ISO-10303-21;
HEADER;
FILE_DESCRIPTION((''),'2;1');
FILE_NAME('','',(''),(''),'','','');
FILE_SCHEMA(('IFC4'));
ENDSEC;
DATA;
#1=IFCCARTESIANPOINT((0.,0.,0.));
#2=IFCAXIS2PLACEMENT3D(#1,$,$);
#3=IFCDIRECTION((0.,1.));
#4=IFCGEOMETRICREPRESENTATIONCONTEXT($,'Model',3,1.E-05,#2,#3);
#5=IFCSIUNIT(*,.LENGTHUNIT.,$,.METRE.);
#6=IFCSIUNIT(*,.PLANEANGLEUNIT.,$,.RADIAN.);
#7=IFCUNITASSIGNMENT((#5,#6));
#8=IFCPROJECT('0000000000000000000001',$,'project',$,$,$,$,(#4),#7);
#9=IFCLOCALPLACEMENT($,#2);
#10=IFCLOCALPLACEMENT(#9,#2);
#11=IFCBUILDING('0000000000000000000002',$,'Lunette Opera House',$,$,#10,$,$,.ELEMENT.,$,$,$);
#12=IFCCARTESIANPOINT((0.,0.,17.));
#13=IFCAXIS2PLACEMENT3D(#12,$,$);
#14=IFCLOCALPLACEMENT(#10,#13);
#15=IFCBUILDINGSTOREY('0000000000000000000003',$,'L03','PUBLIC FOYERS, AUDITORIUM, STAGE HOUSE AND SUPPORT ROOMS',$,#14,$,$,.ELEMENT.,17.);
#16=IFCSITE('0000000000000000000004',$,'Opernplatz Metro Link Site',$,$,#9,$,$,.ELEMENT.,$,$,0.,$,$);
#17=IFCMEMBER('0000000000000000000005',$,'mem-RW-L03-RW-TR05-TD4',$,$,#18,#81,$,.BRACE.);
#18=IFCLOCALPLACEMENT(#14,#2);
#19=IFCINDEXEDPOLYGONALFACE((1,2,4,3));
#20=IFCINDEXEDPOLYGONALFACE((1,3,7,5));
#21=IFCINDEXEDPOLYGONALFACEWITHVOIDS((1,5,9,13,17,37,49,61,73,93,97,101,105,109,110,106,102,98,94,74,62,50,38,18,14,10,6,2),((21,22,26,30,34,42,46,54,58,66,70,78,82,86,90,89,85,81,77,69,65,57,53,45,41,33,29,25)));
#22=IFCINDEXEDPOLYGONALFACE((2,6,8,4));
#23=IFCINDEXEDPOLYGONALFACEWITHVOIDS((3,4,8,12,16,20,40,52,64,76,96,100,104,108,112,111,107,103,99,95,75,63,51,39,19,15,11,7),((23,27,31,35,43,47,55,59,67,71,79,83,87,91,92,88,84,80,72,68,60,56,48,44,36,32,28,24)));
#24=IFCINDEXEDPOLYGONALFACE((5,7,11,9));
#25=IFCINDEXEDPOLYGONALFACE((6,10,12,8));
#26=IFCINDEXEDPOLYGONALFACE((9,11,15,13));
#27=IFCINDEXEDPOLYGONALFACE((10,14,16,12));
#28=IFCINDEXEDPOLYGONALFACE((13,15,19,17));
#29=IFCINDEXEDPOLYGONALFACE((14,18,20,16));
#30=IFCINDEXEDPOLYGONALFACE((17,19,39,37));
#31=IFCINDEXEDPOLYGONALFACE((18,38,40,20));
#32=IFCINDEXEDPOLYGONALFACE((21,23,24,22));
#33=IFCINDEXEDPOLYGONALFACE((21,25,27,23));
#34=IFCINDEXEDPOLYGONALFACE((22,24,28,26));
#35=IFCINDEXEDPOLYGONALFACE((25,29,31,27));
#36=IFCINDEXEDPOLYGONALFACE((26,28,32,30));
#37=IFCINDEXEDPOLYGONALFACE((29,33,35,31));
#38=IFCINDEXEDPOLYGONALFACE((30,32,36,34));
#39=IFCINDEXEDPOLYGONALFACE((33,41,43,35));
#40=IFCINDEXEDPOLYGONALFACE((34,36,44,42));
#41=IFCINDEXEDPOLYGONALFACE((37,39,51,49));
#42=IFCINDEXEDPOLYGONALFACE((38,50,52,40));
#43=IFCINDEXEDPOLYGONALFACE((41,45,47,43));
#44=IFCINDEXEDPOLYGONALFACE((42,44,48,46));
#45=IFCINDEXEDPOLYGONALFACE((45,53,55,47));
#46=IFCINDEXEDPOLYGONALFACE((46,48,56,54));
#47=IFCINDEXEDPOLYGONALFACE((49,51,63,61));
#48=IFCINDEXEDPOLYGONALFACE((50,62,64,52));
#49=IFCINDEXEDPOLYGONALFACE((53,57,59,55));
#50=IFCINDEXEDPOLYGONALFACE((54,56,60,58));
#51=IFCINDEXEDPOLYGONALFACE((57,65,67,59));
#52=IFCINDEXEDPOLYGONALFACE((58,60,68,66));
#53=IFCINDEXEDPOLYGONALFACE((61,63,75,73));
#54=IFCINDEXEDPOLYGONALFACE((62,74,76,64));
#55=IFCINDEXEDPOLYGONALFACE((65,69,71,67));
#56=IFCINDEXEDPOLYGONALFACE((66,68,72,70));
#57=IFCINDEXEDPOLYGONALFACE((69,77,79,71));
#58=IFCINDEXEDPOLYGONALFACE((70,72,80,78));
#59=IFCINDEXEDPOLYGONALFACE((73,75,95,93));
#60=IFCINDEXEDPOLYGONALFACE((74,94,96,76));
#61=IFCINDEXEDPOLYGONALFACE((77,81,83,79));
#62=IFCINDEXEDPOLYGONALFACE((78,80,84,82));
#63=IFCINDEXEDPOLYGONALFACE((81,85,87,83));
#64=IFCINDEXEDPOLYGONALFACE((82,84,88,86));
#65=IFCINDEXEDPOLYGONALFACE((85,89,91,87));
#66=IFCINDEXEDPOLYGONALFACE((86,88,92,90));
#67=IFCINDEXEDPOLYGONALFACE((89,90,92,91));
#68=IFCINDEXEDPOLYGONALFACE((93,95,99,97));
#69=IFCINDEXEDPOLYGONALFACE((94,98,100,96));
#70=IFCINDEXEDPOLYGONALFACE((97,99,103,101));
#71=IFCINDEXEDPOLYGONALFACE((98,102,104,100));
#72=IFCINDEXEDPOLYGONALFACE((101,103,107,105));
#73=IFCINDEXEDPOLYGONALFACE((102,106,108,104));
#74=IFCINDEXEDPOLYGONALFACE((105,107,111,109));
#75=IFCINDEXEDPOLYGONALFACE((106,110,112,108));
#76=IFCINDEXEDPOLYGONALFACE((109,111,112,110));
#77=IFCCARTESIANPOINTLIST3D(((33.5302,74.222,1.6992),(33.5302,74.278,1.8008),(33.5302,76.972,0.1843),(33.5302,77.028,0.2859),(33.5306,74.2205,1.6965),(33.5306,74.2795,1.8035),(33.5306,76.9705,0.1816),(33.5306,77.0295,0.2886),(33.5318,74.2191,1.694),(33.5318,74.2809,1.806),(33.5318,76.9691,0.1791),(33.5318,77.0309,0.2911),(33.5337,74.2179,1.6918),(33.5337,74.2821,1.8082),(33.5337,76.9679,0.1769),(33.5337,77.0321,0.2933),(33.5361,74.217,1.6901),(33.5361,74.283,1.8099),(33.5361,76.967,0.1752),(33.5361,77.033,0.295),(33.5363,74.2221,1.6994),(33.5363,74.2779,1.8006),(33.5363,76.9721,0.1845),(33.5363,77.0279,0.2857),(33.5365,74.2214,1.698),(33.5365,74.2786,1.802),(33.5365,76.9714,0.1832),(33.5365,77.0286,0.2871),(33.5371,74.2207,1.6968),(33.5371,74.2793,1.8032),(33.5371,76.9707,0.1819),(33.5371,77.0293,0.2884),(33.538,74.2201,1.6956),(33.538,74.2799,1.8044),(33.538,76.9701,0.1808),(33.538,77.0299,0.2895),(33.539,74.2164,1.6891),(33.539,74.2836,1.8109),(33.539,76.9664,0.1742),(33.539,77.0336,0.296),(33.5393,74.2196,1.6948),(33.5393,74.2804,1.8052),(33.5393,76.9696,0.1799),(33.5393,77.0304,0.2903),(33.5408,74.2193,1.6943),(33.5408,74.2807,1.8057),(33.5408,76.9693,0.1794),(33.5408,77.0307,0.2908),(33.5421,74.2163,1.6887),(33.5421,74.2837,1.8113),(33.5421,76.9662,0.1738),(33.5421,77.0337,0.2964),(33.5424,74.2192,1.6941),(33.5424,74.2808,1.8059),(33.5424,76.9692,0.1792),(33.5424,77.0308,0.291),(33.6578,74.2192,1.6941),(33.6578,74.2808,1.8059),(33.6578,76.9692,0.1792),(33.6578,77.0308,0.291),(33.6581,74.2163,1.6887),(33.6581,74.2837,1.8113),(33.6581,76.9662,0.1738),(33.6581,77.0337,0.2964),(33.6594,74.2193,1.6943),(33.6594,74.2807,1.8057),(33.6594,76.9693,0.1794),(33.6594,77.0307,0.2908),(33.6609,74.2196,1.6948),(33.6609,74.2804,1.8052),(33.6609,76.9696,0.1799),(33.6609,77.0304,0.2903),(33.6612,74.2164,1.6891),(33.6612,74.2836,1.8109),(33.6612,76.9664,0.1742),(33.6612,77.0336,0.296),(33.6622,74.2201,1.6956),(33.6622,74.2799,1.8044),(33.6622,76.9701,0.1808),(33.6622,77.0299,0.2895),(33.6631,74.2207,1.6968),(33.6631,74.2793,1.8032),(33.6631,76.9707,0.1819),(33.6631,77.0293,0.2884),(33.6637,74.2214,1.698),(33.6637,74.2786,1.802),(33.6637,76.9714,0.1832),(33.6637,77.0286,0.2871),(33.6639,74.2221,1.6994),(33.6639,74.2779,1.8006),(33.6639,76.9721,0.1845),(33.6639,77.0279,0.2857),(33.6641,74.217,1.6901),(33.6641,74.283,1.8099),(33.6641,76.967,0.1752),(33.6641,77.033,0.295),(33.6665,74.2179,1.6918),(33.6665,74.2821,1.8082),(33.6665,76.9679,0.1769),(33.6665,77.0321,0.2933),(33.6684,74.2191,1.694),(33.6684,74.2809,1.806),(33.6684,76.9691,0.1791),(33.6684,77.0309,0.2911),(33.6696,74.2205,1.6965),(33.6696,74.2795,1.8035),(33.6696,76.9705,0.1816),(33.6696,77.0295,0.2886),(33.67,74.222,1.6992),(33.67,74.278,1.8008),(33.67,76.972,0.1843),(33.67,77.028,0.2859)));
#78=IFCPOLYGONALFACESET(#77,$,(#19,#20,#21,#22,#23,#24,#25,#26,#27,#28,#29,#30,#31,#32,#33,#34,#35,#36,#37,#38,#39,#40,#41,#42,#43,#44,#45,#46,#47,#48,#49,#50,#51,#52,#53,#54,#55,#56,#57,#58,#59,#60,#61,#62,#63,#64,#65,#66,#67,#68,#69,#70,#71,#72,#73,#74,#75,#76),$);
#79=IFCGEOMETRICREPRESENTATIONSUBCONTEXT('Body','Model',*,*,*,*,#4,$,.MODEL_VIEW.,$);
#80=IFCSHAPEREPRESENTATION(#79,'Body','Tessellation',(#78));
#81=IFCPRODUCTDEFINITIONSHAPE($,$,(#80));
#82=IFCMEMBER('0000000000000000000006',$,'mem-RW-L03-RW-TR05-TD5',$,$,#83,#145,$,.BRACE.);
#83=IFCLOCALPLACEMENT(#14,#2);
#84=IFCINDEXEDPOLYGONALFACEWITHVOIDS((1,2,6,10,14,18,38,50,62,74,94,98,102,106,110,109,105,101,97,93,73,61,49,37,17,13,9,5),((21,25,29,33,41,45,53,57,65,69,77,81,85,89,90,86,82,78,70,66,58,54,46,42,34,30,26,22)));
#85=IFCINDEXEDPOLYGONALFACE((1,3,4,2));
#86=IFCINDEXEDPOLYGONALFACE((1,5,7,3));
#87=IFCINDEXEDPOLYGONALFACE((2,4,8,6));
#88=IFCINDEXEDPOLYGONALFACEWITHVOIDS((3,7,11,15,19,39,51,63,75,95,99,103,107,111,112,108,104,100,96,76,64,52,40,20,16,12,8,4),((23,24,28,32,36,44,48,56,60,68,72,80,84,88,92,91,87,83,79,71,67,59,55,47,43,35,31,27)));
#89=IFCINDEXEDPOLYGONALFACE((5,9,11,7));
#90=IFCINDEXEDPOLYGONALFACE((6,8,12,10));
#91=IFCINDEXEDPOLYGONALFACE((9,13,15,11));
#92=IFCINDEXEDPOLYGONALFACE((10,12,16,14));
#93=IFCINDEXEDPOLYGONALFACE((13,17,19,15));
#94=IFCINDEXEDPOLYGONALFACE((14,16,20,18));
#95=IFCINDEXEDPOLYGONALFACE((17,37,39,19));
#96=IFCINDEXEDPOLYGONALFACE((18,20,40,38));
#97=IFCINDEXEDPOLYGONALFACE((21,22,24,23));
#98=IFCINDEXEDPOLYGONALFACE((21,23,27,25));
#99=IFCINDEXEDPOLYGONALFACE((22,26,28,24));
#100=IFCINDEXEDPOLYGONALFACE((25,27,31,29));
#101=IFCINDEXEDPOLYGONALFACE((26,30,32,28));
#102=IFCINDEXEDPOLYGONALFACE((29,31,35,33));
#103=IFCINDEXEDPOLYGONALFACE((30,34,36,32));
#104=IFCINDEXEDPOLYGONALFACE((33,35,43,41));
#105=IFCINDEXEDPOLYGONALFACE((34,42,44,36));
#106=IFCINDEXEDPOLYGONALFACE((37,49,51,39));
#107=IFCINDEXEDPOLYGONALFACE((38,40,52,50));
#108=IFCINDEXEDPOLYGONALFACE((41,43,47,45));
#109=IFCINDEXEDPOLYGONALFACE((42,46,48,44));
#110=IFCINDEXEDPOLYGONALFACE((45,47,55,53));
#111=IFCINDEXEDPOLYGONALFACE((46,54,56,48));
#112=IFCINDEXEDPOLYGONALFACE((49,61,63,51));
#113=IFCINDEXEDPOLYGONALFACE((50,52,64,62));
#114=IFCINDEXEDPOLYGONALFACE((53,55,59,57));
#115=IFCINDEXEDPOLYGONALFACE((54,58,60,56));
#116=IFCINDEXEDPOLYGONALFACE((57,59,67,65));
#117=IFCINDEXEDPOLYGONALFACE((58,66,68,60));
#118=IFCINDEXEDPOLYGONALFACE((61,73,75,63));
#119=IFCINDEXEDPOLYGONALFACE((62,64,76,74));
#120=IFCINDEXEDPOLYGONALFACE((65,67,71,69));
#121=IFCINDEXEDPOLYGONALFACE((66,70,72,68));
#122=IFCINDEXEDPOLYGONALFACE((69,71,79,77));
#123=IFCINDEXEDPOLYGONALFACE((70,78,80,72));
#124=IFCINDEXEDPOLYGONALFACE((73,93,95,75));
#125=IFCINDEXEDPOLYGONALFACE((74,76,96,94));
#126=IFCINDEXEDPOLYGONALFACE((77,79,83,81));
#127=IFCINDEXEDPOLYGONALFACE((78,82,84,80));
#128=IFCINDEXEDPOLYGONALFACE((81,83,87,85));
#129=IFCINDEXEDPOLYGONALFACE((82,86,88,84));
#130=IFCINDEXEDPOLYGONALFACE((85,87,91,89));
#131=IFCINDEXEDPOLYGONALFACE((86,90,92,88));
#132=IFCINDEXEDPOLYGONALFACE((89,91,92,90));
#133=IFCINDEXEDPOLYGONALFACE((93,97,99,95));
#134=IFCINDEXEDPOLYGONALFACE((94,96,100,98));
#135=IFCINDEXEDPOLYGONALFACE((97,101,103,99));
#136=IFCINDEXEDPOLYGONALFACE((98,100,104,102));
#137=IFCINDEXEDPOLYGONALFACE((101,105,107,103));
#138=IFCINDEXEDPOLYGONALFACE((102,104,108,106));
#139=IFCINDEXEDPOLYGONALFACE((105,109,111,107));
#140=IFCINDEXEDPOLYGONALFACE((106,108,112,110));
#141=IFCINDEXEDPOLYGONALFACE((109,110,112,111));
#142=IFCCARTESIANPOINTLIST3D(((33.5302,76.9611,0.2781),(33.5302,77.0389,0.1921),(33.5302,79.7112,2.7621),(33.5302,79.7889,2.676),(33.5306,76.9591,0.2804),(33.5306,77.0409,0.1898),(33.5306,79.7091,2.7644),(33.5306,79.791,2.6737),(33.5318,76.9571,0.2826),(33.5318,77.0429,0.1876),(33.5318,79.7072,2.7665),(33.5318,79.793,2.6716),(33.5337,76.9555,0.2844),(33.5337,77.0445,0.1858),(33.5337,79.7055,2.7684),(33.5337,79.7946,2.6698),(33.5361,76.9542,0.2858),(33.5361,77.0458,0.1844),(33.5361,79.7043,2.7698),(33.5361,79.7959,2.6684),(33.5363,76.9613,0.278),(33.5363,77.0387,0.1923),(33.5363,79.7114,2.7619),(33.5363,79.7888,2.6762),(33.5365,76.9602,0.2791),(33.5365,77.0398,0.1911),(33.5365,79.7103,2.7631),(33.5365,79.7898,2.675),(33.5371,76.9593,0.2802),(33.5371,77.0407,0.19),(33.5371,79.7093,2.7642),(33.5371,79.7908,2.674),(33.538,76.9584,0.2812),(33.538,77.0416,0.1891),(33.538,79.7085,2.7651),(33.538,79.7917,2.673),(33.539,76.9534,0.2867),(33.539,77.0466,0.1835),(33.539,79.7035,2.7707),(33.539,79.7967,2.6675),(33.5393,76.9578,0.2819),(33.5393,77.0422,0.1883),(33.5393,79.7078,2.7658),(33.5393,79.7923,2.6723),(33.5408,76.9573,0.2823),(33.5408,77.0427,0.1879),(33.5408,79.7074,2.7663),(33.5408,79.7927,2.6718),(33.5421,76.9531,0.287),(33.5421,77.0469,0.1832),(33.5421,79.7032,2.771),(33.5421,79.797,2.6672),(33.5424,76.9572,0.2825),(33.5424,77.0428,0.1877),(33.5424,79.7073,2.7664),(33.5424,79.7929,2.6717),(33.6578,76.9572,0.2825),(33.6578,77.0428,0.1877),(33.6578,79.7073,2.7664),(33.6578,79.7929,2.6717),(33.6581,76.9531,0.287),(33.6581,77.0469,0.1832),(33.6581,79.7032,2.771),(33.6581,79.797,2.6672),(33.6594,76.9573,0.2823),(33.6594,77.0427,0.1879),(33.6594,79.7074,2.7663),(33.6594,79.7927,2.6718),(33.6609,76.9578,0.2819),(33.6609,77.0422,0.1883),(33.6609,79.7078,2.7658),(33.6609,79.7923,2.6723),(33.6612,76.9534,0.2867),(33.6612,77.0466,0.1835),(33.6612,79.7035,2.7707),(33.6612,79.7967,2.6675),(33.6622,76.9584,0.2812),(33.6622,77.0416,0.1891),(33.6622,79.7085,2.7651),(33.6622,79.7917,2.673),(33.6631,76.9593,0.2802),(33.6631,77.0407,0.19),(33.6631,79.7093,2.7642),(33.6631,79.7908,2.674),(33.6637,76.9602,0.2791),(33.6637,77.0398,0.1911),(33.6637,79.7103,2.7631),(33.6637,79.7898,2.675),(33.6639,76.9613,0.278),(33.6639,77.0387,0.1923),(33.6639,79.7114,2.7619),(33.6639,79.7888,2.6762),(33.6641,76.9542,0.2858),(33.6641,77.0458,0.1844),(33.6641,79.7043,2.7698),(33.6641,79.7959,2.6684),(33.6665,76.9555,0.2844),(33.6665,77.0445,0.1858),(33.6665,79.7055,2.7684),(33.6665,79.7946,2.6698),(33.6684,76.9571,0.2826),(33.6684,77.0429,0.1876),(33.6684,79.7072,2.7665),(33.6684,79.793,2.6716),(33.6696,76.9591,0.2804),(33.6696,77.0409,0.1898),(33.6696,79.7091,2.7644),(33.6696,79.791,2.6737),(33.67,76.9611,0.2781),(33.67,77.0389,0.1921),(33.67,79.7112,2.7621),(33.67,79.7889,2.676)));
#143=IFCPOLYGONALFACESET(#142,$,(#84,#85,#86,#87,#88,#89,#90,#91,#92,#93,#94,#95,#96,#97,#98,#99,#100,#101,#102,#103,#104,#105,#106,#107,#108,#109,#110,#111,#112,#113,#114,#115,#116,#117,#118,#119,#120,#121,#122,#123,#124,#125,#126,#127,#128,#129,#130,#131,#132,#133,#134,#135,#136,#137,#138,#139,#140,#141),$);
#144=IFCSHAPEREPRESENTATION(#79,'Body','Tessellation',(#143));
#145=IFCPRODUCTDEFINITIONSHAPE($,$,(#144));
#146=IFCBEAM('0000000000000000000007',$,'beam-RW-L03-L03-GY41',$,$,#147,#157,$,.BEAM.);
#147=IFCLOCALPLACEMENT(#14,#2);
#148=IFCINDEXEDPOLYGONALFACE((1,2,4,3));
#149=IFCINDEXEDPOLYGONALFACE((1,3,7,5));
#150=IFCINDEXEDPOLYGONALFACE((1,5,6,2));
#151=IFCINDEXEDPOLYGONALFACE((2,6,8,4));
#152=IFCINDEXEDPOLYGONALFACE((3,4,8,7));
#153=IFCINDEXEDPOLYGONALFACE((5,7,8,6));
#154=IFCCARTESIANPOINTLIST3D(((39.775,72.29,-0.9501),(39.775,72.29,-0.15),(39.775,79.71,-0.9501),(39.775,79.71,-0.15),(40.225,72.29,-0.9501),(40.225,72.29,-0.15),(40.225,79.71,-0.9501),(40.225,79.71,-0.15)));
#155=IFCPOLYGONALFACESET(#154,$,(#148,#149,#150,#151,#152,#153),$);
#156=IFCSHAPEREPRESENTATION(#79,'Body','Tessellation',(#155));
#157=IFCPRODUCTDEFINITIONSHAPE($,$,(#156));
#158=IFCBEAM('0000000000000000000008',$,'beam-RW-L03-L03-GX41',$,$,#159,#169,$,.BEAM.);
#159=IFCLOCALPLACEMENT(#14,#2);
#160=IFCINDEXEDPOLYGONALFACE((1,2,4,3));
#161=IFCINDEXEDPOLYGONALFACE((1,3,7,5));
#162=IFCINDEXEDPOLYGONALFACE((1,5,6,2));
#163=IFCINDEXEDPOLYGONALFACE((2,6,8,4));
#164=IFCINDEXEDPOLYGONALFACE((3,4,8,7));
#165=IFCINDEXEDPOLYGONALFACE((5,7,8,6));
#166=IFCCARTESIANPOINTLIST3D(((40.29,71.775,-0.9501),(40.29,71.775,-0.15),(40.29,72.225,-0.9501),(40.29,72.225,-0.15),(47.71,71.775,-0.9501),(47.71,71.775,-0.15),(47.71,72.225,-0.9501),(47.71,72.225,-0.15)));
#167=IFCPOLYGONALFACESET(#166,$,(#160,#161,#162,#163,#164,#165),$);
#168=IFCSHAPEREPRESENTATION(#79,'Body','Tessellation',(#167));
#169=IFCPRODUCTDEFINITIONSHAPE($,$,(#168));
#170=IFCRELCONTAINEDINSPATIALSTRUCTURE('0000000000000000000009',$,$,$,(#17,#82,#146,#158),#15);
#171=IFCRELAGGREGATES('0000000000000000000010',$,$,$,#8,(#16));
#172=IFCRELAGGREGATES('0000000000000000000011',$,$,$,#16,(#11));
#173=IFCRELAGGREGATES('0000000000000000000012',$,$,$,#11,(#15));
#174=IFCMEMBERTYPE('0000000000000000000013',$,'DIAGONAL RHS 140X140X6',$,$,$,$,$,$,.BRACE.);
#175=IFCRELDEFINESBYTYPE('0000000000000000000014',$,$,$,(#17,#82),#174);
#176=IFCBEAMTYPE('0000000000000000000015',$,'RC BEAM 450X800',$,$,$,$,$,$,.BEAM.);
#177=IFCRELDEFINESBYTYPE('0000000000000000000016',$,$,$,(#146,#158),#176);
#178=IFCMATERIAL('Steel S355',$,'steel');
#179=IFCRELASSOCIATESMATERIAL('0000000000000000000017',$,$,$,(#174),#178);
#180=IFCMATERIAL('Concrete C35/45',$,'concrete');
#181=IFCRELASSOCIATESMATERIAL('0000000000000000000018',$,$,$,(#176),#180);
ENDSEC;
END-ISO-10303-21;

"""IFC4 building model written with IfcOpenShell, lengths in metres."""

from ifc_helpers import new_model, si_unit, direction, frame, origin, origin_2d, place, context, subcontext, project, spatial, rectangle, hollow_rectangle, extrude, material, material_profile, profile_set, type_object, element, save


model = new_model("IFC4")

# Units and contexts
model_context = context("Model", 3, precision=1e-05, world=origin(), true_north=direction((0.0, 1.0)))
body_context = subcontext(model_context, "Body", "Model", "MODEL_VIEW")
ifc_project = project(units=[si_unit("LENGTHUNIT", "METRE"), si_unit("PLANEANGLEUNIT", "RADIAN")], contexts=[model_context])

# Site, building, storey
site_placement = place(None, origin())
site = spatial("IfcSite", under=ifc_project, at=site_placement, Name="Opernplatz Metro Link Site", CompositionType="ELEMENT", RefElevation=0.0)
building_placement = place(site_placement, origin())
building = spatial("IfcBuilding", under=site, at=building_placement, Name="Lunette Opera House", CompositionType="ELEMENT")
storey_placement = place(building_placement, frame((0.0, 0.0, 17.0)))
storey = spatial("IfcBuildingStorey", under=building, at=storey_placement, Name="L03", Description="PUBLIC FOYERS, AUDITORIUM, STAGE HOUSE AND SUPPORT ROOMS", CompositionType="ELEMENT", Elevation=17.0)

# Members
ifc_material_1 = material(Name="Steel S355", Category="steel")
ifc_material_profile_1 = material_profile(ifc_material_1, hollow_rectangle(XDim=0.1399, YDim=0.1399, WallThickness=0.0061, InnerFilletRadius=0.0061, OuterFilletRadius=0.012, at=origin_2d()), Name="RHS 140X140X6")
ifc_profile_set_1 = profile_set([ifc_material_profile_1], Name="Steel S355")
member_type_1 = type_object("IfcMemberType", Name="DIAGONAL RHS 140X140X6", PredefinedType="BRACE", material=ifc_profile_set_1)
member_1_placement = place(storey_placement, frame((33.6001, 74.25, 1.75), z_axis=(0.0, 0.875894, -0.482504), x_axis=(-1.0, 0.0, 0.0)))
element("IfcMember", 1, at=member_1_placement, inside=storey, type_object=member_type_1, Name="mem-RW-L03-RW-TR05-TD4", PredefinedType="BRACE", context=body_context, shape_type="SweptSolid", body=[
    extrude(hollow_rectangle(XDim=0.1399, YDim=0.1399, WallThickness=0.0061, InnerFilletRadius=0.0061, OuterFilletRadius=0.012, at=origin_2d()), origin(), (0.0, 0.0, 1.0), 3.1396),
])
member_2_placement = place(storey_placement, frame((33.6001, 77.0, 0.2351), z_axis=(0.0, 0.742101, 0.670289), x_axis=(-1.0, 0.0, 0.0)))
element("IfcMember", 2, at=member_2_placement, inside=storey, type_object=member_type_1, Name="mem-RW-L03-RW-TR05-TD5", PredefinedType="BRACE", context=body_context, shape_type="SweptSolid", body=[
    extrude(hollow_rectangle(XDim=0.1399, YDim=0.1399, WallThickness=0.0061, InnerFilletRadius=0.0061, OuterFilletRadius=0.012, at=origin_2d()), origin(), (0.0, 0.0, 1.0), 3.7058),
])

# Beams
ifc_material_2 = material(Name="Concrete C35/45", Category="concrete")
ifc_material_profile_2 = material_profile(ifc_material_2, rectangle(XDim=0.45, YDim=0.8, at=origin_2d()), Name="RC BEAM 450X800")
ifc_profile_set_2 = profile_set([ifc_material_profile_2], Name="Concrete C35/45")
beam_type_1 = type_object("IfcBeamType", Name="RC BEAM 450X800", PredefinedType="BEAM", material=ifc_profile_set_2)
for number, where, z_axis, x_axis, name in (
    (3, (40.0, 72.29, -0.55), (0.0, 1.0, 0.0), (-1.0, 0.0, 0.0), "beam-RW-L03-L03-GY41"),
    (4, (40.29, 72.0, -0.55), (1.0, 0.0, 0.0), (0.0, 1.0, 0.0), "beam-RW-L03-L03-GX41"),
):
    element("IfcBeam", number, at=place(storey_placement, frame(where, z_axis=z_axis, x_axis=x_axis)), inside=storey, type_object=beam_type_1, Name=name, PredefinedType="BEAM", context=body_context, shape_type="SweptSolid", body=[
        extrude(rectangle(XDim=0.45, YDim=0.8, at=origin_2d()), origin(), (0.0, 0.0, 1.0), 7.4199),
    ])

save(model, "model.ifc")
